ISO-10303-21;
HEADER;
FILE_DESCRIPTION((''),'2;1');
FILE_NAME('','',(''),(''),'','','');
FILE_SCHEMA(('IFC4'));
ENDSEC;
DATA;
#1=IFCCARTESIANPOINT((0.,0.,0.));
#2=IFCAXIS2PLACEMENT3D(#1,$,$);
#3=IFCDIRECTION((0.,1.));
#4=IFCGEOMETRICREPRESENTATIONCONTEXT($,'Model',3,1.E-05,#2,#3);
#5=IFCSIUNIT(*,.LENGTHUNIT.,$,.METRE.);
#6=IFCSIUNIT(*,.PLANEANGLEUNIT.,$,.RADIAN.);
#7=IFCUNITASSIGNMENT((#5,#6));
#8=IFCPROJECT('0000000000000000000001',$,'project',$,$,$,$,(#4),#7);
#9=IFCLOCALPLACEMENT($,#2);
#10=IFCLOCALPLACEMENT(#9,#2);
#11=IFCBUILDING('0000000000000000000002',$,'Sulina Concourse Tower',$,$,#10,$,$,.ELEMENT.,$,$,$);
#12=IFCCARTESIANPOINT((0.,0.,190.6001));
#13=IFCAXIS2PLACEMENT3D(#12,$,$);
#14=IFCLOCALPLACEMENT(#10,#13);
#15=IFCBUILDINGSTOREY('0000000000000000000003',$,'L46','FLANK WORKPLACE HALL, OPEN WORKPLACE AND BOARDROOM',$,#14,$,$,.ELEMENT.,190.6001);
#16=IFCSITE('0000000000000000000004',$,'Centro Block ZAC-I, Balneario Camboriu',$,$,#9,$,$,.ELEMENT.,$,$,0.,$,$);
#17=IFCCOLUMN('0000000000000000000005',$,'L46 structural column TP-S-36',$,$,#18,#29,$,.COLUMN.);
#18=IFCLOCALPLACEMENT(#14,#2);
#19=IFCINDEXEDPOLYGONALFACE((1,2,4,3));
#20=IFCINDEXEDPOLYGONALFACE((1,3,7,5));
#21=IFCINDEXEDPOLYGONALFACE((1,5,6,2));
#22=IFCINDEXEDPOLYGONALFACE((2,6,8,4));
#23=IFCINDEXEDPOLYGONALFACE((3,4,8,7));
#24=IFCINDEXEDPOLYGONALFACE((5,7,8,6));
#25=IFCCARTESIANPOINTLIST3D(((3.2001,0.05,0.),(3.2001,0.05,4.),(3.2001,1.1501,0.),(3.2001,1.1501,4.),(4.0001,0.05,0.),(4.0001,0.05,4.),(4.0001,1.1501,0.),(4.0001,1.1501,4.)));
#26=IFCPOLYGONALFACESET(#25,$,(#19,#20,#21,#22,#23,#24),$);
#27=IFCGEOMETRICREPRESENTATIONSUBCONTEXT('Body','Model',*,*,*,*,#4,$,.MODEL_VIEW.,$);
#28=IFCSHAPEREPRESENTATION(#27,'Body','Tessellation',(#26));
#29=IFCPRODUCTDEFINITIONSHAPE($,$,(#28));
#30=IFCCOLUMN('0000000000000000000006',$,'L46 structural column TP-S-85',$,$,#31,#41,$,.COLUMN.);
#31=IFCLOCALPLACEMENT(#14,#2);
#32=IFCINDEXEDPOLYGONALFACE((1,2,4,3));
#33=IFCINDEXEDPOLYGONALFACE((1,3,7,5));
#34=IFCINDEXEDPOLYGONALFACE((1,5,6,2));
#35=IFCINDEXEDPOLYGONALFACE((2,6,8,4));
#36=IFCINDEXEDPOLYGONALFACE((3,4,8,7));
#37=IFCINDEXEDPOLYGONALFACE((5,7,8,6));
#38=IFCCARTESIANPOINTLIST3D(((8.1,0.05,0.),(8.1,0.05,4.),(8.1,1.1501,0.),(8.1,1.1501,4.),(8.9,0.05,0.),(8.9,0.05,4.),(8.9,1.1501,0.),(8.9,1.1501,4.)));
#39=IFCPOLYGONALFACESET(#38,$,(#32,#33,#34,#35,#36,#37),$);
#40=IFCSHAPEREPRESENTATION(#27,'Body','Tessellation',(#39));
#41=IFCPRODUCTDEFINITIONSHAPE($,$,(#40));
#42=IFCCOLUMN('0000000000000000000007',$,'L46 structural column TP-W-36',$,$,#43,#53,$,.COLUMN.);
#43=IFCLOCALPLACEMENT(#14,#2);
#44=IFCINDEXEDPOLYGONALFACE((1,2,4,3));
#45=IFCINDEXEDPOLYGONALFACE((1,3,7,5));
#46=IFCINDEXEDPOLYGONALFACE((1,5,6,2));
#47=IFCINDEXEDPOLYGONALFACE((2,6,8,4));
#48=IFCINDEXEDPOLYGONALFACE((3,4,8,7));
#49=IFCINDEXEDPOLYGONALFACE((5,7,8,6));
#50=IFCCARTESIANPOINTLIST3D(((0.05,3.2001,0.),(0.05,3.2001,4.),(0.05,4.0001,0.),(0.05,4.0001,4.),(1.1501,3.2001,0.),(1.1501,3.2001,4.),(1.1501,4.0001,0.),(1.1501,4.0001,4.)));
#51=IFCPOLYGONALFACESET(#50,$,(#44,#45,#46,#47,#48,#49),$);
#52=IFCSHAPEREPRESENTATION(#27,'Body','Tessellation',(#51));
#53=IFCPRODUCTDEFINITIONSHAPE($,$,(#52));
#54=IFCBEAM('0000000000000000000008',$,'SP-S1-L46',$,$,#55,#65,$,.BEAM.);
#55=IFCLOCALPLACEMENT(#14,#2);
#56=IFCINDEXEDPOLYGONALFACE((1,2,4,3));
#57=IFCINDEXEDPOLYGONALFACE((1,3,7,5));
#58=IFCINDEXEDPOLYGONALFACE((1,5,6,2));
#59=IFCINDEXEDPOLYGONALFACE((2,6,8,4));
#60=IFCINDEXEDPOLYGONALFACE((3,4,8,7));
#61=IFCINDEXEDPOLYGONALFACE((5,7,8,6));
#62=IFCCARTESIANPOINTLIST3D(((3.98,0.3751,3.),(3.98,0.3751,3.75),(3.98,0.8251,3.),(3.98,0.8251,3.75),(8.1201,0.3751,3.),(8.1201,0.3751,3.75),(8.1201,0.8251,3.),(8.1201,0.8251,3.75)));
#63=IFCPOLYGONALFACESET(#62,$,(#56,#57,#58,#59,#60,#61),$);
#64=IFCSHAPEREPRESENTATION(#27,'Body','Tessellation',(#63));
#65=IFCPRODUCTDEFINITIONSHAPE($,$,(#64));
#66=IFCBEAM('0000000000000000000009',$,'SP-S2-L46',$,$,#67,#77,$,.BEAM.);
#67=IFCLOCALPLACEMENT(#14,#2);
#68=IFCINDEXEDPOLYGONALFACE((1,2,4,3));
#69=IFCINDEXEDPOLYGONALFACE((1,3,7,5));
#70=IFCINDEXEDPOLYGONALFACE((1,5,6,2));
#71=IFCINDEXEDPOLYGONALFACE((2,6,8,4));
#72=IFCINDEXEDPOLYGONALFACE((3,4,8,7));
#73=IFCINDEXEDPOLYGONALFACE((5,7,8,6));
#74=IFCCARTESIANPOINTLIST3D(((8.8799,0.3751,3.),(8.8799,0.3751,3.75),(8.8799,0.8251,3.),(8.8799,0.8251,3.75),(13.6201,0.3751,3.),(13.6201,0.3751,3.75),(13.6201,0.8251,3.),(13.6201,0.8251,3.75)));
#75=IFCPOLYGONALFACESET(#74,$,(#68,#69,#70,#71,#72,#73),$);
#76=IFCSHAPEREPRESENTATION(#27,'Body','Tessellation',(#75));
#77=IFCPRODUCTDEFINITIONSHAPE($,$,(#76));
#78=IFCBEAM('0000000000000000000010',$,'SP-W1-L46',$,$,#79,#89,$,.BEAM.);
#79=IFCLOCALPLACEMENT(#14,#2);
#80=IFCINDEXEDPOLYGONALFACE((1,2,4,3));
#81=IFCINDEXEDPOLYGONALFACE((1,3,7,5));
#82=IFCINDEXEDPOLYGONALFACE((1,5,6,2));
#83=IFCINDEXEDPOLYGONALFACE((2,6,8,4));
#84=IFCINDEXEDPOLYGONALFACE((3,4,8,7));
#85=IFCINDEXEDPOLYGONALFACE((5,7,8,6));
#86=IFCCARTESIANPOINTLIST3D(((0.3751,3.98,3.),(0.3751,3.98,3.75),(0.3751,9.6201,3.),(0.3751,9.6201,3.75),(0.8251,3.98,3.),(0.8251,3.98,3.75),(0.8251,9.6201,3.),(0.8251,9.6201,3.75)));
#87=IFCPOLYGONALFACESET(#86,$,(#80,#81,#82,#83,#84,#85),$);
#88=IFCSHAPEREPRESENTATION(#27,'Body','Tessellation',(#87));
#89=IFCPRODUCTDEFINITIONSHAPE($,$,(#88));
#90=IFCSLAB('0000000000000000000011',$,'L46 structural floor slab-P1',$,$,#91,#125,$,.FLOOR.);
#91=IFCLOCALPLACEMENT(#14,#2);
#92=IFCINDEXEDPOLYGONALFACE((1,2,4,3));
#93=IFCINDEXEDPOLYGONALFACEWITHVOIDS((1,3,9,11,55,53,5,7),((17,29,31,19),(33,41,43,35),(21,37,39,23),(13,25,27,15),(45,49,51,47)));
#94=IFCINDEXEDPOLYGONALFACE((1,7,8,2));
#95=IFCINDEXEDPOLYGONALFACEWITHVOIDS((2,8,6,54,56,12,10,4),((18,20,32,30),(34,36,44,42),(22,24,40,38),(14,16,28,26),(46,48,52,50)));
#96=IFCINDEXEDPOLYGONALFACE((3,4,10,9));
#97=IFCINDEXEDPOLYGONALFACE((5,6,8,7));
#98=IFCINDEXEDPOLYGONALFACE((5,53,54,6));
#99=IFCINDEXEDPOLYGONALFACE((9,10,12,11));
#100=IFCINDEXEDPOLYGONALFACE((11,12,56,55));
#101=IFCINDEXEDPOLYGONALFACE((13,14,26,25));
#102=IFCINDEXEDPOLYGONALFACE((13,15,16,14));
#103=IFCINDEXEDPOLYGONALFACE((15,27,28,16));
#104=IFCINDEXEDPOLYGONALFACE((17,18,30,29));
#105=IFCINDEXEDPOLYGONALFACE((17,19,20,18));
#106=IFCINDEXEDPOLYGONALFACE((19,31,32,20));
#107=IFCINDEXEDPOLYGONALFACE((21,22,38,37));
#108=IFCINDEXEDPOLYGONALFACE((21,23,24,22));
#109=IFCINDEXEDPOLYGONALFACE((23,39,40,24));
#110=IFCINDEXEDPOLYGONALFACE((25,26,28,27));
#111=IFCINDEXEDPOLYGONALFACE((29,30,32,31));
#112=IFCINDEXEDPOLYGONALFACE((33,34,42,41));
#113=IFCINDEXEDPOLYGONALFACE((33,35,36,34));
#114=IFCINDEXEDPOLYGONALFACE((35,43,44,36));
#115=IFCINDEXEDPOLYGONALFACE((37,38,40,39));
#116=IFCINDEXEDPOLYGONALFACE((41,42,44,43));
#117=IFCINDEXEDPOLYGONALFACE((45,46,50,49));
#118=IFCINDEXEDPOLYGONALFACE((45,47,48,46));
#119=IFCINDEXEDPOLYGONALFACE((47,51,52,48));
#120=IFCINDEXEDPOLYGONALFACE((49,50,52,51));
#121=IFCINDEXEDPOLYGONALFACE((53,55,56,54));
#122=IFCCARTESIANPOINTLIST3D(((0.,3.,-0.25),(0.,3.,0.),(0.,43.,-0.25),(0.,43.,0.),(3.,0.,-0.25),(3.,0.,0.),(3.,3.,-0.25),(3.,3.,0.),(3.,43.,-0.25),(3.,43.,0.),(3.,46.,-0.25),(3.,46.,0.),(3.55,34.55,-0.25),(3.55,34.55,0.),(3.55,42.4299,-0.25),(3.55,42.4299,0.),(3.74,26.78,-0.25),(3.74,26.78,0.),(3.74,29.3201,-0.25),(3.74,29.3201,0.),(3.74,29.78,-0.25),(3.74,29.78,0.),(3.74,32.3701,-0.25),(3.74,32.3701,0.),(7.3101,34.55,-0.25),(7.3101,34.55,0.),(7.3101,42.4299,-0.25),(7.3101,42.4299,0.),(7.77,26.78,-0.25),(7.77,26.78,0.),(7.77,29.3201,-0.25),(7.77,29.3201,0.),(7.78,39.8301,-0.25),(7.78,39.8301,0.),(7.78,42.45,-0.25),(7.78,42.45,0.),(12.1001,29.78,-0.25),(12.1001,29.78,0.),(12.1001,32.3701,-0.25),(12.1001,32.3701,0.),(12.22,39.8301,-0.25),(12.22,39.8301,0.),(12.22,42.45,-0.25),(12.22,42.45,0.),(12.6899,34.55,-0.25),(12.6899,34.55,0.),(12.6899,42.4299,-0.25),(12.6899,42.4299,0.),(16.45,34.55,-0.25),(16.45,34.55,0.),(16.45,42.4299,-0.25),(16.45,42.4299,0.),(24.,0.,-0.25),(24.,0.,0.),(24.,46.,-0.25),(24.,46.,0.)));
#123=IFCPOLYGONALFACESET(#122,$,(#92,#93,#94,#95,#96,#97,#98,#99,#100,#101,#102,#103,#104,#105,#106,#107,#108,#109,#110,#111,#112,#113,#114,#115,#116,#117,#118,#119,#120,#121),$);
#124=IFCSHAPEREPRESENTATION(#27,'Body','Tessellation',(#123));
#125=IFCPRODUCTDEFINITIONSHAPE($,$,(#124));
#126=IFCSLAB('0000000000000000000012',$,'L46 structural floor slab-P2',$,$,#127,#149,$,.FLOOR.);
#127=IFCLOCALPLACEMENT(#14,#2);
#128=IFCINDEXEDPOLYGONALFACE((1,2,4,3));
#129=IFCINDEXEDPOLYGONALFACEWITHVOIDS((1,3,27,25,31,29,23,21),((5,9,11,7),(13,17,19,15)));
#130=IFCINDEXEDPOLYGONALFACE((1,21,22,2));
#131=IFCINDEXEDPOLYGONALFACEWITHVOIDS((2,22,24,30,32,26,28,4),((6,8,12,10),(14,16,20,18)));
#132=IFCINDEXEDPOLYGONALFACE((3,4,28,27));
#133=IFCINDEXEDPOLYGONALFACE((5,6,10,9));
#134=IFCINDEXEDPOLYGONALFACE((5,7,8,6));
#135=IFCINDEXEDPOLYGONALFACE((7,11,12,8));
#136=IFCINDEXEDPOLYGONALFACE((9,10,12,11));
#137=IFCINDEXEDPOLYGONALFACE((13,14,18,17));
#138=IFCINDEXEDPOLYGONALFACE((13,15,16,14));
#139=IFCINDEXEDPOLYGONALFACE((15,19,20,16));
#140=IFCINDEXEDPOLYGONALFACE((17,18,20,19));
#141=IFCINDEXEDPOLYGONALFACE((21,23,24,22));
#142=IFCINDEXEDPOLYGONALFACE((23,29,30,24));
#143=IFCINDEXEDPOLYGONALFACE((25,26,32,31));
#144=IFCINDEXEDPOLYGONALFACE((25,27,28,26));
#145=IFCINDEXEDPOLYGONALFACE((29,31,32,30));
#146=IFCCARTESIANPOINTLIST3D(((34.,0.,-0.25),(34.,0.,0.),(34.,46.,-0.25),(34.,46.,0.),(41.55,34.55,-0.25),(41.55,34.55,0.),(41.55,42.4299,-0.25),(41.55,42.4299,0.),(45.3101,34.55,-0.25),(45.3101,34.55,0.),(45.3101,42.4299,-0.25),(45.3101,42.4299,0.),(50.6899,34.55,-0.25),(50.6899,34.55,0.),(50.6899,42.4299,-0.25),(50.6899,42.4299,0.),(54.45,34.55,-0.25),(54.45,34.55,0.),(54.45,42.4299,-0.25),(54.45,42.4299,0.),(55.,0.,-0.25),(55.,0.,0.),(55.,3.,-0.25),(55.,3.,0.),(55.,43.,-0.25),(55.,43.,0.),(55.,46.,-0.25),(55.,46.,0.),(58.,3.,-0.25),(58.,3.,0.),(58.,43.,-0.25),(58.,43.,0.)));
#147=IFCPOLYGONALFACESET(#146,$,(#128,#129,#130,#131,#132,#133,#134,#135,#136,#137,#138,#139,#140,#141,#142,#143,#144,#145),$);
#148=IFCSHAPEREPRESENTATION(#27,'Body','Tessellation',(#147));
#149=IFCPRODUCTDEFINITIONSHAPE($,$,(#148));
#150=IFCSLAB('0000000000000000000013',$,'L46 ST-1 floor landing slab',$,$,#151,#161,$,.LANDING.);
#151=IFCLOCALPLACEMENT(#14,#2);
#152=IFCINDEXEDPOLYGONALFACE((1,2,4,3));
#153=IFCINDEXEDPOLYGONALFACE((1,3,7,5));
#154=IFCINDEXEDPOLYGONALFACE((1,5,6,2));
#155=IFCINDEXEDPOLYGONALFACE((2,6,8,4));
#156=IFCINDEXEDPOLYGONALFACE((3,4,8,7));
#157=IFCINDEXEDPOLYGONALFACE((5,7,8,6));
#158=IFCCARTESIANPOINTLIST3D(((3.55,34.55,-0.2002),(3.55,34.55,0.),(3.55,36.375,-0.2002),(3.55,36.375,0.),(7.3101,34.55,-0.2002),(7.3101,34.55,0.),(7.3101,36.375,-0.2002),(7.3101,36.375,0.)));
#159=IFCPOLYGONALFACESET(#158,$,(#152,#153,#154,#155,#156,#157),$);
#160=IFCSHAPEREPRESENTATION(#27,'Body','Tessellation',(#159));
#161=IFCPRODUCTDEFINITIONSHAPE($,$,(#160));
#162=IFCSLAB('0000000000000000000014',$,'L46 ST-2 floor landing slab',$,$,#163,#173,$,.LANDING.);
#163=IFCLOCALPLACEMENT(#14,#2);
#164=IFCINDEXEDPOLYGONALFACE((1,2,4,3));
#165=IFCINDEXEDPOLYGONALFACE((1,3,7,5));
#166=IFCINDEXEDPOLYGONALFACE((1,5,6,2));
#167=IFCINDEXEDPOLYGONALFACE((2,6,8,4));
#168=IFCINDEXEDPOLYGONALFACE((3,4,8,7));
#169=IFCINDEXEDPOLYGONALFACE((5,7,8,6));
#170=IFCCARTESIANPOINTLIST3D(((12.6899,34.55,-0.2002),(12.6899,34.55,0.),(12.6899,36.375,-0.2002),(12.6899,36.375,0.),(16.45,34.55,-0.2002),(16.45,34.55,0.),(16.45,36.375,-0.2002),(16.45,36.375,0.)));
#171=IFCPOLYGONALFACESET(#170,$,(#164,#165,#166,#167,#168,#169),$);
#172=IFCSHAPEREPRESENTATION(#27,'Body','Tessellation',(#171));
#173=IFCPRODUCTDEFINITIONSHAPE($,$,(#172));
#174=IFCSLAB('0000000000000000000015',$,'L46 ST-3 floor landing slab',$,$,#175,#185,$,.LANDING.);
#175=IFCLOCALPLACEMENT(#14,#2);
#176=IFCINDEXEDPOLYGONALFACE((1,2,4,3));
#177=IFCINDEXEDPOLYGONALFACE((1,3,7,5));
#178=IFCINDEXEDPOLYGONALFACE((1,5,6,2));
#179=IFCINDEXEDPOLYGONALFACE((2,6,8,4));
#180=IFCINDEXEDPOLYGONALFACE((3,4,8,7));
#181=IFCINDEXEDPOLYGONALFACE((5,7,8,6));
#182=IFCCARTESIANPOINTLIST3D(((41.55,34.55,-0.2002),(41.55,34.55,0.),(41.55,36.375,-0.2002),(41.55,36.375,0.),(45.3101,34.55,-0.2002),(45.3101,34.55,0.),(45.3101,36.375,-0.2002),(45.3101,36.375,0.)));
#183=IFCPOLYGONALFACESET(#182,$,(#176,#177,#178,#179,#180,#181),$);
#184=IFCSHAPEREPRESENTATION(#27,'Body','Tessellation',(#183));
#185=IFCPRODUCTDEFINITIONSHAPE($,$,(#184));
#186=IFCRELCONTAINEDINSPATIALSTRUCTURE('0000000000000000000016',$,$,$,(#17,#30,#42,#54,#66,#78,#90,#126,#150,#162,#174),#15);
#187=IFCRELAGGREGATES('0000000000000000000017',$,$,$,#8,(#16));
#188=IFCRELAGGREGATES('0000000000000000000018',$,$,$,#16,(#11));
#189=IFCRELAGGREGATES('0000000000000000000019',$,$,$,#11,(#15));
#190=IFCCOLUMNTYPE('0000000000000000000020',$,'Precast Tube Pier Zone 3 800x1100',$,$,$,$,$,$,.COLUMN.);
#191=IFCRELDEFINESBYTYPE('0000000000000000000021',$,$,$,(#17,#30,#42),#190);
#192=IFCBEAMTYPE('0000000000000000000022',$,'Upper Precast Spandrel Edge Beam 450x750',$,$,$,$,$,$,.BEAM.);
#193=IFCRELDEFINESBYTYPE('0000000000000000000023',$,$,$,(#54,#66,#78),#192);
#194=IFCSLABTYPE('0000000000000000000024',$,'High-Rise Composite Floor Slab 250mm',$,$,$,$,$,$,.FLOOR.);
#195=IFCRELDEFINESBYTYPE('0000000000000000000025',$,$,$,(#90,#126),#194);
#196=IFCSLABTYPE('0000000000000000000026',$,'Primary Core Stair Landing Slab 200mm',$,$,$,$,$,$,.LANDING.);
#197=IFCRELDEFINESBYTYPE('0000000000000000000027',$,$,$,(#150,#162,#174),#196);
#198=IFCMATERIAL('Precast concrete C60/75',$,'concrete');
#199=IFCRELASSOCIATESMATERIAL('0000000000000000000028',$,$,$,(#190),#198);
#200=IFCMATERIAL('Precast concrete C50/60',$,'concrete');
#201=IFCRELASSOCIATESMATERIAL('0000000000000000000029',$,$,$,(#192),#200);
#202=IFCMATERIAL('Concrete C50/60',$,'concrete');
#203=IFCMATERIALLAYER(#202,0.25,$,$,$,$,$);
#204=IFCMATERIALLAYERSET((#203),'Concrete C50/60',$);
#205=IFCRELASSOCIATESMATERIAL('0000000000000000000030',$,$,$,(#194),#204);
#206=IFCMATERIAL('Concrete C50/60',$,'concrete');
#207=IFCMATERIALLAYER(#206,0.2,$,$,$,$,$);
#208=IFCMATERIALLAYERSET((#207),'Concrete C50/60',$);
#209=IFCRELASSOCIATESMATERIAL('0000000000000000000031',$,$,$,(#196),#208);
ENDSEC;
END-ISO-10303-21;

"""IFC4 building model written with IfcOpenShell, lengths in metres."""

from ifc_helpers import new_model, si_unit, direction, frame, origin, origin_2d, place, context, subcontext, project, spatial, polyline, rectangle, outline, extrude, material, layer, layer_set, material_profile, profile_set, type_object, element, save


model = new_model("IFC4")

# Units and contexts
model_context = context("Model", 3, precision=1e-05, world=origin(), true_north=direction((0.0, 1.0)))
body_context = subcontext(model_context, "Body", "Model", "MODEL_VIEW")
ifc_project = project(units=[si_unit("LENGTHUNIT", "METRE"), si_unit("PLANEANGLEUNIT", "RADIAN")], contexts=[model_context])

# Site, building, storey
site_placement = place(None, origin())
site = spatial("IfcSite", under=ifc_project, at=site_placement, Name="Centro Block ZAC-I, Balneario Camboriu", CompositionType="ELEMENT", RefElevation=0.0)
building_placement = place(site_placement, origin())
building = spatial("IfcBuilding", under=site, at=building_placement, Name="Sulina Concourse Tower", CompositionType="ELEMENT")
storey_placement = place(building_placement, frame((0.0, 0.0, 190.6001)))
storey = spatial("IfcBuildingStorey", under=building, at=storey_placement, Name="L46", Description="FLANK WORKPLACE HALL, OPEN WORKPLACE AND BOARDROOM", CompositionType="ELEMENT", Elevation=190.6001)

# Columns
ifc_material_1 = material(Name="Precast concrete C60/75", Category="concrete")
ifc_material_profile_1 = material_profile(ifc_material_1, rectangle(XDim=0.8, YDim=1.1001, at=origin_2d()), Name="PC 800x1100")
ifc_profile_set_1 = profile_set([ifc_material_profile_1], Name="Precast concrete C60/75")
column_type = type_object("IfcColumnType", Name="Precast Tube Pier Zone 3 800x1100", PredefinedType="COLUMN", material=ifc_profile_set_1)
for number, where, z_axis, x_axis, name in (
    (1, (3.6001, 0.6001, 0.0), (0.0, 0.0, 1.0), (1.0, 0.0, 0.0), "L46 structural column TP-S-36"),
    (2, (8.5, 0.6001, 0.0), (0.0, 0.0, 1.0), (1.0, 0.0, 0.0), "L46 structural column TP-S-85"),
    (3, (0.6001, 3.6001, 0.0), (0.0, 0.0, 1.0), (0.0, 1.0, 0.0), "L46 structural column TP-W-36"),
):
    element("IfcColumn", number, at=place(storey_placement, frame(where, z_axis=z_axis, x_axis=x_axis)), inside=storey, type_object=column_type, Name=name, PredefinedType="COLUMN", context=body_context, shape_type="SweptSolid", body=[
        extrude(rectangle(XDim=0.8, YDim=1.1001, at=origin_2d()), origin(), (0.0, 0.0, 1.0), 4.0),
    ])

# Beams
ifc_material_2 = material(Name="Precast concrete C50/60", Category="concrete")
ifc_material_profile_2 = material_profile(ifc_material_2, rectangle(XDim=0.45, YDim=0.75, at=origin_2d()), Name="RC 450x750")
ifc_profile_set_2 = profile_set([ifc_material_profile_2], Name="Precast concrete C50/60")
beam_type = type_object("IfcBeamType", Name="Upper Precast Spandrel Edge Beam 450x750", PredefinedType="BEAM", material=ifc_profile_set_2)
beam_1_placement = place(storey_placement, frame((3.98, 0.6001, 3.375), z_axis=(1.0, 0.0, 0.0), x_axis=(0.0, 1.0, 0.0)))
element("IfcBeam", 4, at=beam_1_placement, inside=storey, type_object=beam_type, Name="SP-S1-L46", PredefinedType="BEAM", context=body_context, shape_type="SweptSolid", body=[
    extrude(rectangle(XDim=0.45, YDim=0.75, at=origin_2d()), origin(), (0.0, 0.0, 1.0), 4.1401),
])
beam_2_placement = place(storey_placement, frame((8.8799, 0.6001, 3.375), z_axis=(1.0, 0.0, 0.0), x_axis=(0.0, 1.0, 0.0)))
element("IfcBeam", 5, at=beam_2_placement, inside=storey, type_object=beam_type, Name="SP-S2-L46", PredefinedType="BEAM", context=body_context, shape_type="SweptSolid", body=[
    extrude(rectangle(XDim=0.45, YDim=0.75, at=origin_2d()), origin(), (0.0, 0.0, 1.0), 4.7402),
])
beam_3_placement = place(storey_placement, frame((0.6001, 3.98, 3.375), z_axis=(0.0, 1.0, 0.0), x_axis=(-1.0, 0.0, 0.0)))
element("IfcBeam", 6, at=beam_3_placement, inside=storey, type_object=beam_type, Name="SP-W1-L46", PredefinedType="BEAM", context=body_context, shape_type="SweptSolid", body=[
    extrude(rectangle(XDim=0.45, YDim=0.75, at=origin_2d()), origin(), (0.0, 0.0, 1.0), 5.6401),
])

# Slabs
ifc_material_3 = material(Name="Concrete C50/60", Category="concrete")
ifc_layer_1 = layer(ifc_material_3, 0.25)
ifc_layer_set_1 = layer_set([ifc_layer_1], Name="Concrete C50/60")
slab_type_1 = type_object("IfcSlabType", Name="High-Rise Composite Floor Slab 250mm", PredefinedType="FLOOR", material=ifc_layer_set_1)
slab_1_placement = place(storey_placement, frame((0.0, 0.0, -0.25)))
element("IfcSlab", 7, at=slab_1_placement, inside=storey, type_object=slab_type_1, Name="L46 structural floor slab-P1", PredefinedType="FLOOR", context=body_context, shape_type="SweptSolid", body=[
    extrude(outline(polyline([(3.0, 0.0), (24.0, 0.0), (24.0, 46.0), (3.0, 46.0), (3.0, 43.0), (0.0, 43.0), (0.0, 3.0), (3.0, 3.0), (3.0, 0.0)]), holes=[polyline([(7.3101, 34.55), (7.3101, 42.4299), (3.55, 42.4299), (3.55, 34.55), (7.3101, 34.55)]), polyline([(16.45, 34.55), (16.45, 42.4299), (12.6899, 42.4299), (12.6899, 34.55), (16.45, 34.55)]), polyline([(7.78, 39.8301), (12.22, 39.8301), (12.22, 42.45), (7.78, 42.45), (7.78, 39.8301)]), polyline([(3.74, 26.78), (7.77, 26.78), (7.77, 29.3201), (3.74, 29.3201), (3.74, 26.78)]), polyline([(3.74, 29.78), (12.1001, 29.78), (12.1001, 32.3701), (3.74, 32.3701), (3.74, 29.78)])]), origin(), (0.0, 0.0, 1.0), 0.25),
])
slab_2_placement = place(storey_placement, frame((0.0, 0.0, -0.25)))
element("IfcSlab", 8, at=slab_2_placement, inside=storey, type_object=slab_type_1, Name="L46 structural floor slab-P2", PredefinedType="FLOOR", context=body_context, shape_type="SweptSolid", body=[
    extrude(outline(polyline([(34.0, 0.0), (55.0, 0.0), (55.0, 3.0), (58.0, 3.0), (58.0, 43.0), (55.0, 43.0), (55.0, 46.0), (34.0, 46.0), (34.0, 0.0)]), holes=[polyline([(45.3101, 34.55), (45.3101, 42.4299), (41.55, 42.4299), (41.55, 34.55), (45.3101, 34.55)]), polyline([(54.45, 34.55), (54.45, 42.4299), (50.6899, 42.4299), (50.6899, 34.55), (54.45, 34.55)])]), origin(), (0.0, 0.0, 1.0), 0.25),
])
ifc_material_4 = material(Name="Concrete C50/60", Category="concrete")
ifc_layer_2 = layer(ifc_material_4, 0.2)
ifc_layer_set_2 = layer_set([ifc_layer_2], Name="Concrete C50/60")
slab_type_2 = type_object("IfcSlabType", Name="Primary Core Stair Landing Slab 200mm", PredefinedType="LANDING", material=ifc_layer_set_2)
slab_3_placement = place(storey_placement, frame((0.0, 0.0, -0.2002)))
element("IfcSlab", 9, at=slab_3_placement, inside=storey, type_object=slab_type_2, Name="L46 ST-1 floor landing slab", PredefinedType="LANDING", context=body_context, shape_type="SweptSolid", body=[
    extrude(outline(polyline([(7.3101, 34.55), (7.3101, 36.375), (3.55, 36.375), (3.55, 34.55), (7.3101, 34.55)])), origin(), (0.0, 0.0, 1.0), 0.2002),
])
slab_4_placement = place(storey_placement, frame((0.0, 0.0, -0.2002)))
element("IfcSlab", 10, at=slab_4_placement, inside=storey, type_object=slab_type_2, Name="L46 ST-2 floor landing slab", PredefinedType="LANDING", context=body_context, shape_type="SweptSolid", body=[
    extrude(outline(polyline([(16.45, 34.55), (16.45, 36.375), (12.6899, 36.375), (12.6899, 34.55), (16.45, 34.55)])), origin(), (0.0, 0.0, 1.0), 0.2002),
])
slab_5_placement = place(storey_placement, frame((0.0, 0.0, -0.2002)))
element("IfcSlab", 11, at=slab_5_placement, inside=storey, type_object=slab_type_2, Name="L46 ST-3 floor landing slab", PredefinedType="LANDING", context=body_context, shape_type="SweptSolid", body=[
    extrude(outline(polyline([(45.3101, 34.55), (45.3101, 36.375), (41.55, 36.375), (41.55, 34.55), (45.3101, 34.55)])), origin(), (0.0, 0.0, 1.0), 0.2002),
])

save(model, "model.ifc")
